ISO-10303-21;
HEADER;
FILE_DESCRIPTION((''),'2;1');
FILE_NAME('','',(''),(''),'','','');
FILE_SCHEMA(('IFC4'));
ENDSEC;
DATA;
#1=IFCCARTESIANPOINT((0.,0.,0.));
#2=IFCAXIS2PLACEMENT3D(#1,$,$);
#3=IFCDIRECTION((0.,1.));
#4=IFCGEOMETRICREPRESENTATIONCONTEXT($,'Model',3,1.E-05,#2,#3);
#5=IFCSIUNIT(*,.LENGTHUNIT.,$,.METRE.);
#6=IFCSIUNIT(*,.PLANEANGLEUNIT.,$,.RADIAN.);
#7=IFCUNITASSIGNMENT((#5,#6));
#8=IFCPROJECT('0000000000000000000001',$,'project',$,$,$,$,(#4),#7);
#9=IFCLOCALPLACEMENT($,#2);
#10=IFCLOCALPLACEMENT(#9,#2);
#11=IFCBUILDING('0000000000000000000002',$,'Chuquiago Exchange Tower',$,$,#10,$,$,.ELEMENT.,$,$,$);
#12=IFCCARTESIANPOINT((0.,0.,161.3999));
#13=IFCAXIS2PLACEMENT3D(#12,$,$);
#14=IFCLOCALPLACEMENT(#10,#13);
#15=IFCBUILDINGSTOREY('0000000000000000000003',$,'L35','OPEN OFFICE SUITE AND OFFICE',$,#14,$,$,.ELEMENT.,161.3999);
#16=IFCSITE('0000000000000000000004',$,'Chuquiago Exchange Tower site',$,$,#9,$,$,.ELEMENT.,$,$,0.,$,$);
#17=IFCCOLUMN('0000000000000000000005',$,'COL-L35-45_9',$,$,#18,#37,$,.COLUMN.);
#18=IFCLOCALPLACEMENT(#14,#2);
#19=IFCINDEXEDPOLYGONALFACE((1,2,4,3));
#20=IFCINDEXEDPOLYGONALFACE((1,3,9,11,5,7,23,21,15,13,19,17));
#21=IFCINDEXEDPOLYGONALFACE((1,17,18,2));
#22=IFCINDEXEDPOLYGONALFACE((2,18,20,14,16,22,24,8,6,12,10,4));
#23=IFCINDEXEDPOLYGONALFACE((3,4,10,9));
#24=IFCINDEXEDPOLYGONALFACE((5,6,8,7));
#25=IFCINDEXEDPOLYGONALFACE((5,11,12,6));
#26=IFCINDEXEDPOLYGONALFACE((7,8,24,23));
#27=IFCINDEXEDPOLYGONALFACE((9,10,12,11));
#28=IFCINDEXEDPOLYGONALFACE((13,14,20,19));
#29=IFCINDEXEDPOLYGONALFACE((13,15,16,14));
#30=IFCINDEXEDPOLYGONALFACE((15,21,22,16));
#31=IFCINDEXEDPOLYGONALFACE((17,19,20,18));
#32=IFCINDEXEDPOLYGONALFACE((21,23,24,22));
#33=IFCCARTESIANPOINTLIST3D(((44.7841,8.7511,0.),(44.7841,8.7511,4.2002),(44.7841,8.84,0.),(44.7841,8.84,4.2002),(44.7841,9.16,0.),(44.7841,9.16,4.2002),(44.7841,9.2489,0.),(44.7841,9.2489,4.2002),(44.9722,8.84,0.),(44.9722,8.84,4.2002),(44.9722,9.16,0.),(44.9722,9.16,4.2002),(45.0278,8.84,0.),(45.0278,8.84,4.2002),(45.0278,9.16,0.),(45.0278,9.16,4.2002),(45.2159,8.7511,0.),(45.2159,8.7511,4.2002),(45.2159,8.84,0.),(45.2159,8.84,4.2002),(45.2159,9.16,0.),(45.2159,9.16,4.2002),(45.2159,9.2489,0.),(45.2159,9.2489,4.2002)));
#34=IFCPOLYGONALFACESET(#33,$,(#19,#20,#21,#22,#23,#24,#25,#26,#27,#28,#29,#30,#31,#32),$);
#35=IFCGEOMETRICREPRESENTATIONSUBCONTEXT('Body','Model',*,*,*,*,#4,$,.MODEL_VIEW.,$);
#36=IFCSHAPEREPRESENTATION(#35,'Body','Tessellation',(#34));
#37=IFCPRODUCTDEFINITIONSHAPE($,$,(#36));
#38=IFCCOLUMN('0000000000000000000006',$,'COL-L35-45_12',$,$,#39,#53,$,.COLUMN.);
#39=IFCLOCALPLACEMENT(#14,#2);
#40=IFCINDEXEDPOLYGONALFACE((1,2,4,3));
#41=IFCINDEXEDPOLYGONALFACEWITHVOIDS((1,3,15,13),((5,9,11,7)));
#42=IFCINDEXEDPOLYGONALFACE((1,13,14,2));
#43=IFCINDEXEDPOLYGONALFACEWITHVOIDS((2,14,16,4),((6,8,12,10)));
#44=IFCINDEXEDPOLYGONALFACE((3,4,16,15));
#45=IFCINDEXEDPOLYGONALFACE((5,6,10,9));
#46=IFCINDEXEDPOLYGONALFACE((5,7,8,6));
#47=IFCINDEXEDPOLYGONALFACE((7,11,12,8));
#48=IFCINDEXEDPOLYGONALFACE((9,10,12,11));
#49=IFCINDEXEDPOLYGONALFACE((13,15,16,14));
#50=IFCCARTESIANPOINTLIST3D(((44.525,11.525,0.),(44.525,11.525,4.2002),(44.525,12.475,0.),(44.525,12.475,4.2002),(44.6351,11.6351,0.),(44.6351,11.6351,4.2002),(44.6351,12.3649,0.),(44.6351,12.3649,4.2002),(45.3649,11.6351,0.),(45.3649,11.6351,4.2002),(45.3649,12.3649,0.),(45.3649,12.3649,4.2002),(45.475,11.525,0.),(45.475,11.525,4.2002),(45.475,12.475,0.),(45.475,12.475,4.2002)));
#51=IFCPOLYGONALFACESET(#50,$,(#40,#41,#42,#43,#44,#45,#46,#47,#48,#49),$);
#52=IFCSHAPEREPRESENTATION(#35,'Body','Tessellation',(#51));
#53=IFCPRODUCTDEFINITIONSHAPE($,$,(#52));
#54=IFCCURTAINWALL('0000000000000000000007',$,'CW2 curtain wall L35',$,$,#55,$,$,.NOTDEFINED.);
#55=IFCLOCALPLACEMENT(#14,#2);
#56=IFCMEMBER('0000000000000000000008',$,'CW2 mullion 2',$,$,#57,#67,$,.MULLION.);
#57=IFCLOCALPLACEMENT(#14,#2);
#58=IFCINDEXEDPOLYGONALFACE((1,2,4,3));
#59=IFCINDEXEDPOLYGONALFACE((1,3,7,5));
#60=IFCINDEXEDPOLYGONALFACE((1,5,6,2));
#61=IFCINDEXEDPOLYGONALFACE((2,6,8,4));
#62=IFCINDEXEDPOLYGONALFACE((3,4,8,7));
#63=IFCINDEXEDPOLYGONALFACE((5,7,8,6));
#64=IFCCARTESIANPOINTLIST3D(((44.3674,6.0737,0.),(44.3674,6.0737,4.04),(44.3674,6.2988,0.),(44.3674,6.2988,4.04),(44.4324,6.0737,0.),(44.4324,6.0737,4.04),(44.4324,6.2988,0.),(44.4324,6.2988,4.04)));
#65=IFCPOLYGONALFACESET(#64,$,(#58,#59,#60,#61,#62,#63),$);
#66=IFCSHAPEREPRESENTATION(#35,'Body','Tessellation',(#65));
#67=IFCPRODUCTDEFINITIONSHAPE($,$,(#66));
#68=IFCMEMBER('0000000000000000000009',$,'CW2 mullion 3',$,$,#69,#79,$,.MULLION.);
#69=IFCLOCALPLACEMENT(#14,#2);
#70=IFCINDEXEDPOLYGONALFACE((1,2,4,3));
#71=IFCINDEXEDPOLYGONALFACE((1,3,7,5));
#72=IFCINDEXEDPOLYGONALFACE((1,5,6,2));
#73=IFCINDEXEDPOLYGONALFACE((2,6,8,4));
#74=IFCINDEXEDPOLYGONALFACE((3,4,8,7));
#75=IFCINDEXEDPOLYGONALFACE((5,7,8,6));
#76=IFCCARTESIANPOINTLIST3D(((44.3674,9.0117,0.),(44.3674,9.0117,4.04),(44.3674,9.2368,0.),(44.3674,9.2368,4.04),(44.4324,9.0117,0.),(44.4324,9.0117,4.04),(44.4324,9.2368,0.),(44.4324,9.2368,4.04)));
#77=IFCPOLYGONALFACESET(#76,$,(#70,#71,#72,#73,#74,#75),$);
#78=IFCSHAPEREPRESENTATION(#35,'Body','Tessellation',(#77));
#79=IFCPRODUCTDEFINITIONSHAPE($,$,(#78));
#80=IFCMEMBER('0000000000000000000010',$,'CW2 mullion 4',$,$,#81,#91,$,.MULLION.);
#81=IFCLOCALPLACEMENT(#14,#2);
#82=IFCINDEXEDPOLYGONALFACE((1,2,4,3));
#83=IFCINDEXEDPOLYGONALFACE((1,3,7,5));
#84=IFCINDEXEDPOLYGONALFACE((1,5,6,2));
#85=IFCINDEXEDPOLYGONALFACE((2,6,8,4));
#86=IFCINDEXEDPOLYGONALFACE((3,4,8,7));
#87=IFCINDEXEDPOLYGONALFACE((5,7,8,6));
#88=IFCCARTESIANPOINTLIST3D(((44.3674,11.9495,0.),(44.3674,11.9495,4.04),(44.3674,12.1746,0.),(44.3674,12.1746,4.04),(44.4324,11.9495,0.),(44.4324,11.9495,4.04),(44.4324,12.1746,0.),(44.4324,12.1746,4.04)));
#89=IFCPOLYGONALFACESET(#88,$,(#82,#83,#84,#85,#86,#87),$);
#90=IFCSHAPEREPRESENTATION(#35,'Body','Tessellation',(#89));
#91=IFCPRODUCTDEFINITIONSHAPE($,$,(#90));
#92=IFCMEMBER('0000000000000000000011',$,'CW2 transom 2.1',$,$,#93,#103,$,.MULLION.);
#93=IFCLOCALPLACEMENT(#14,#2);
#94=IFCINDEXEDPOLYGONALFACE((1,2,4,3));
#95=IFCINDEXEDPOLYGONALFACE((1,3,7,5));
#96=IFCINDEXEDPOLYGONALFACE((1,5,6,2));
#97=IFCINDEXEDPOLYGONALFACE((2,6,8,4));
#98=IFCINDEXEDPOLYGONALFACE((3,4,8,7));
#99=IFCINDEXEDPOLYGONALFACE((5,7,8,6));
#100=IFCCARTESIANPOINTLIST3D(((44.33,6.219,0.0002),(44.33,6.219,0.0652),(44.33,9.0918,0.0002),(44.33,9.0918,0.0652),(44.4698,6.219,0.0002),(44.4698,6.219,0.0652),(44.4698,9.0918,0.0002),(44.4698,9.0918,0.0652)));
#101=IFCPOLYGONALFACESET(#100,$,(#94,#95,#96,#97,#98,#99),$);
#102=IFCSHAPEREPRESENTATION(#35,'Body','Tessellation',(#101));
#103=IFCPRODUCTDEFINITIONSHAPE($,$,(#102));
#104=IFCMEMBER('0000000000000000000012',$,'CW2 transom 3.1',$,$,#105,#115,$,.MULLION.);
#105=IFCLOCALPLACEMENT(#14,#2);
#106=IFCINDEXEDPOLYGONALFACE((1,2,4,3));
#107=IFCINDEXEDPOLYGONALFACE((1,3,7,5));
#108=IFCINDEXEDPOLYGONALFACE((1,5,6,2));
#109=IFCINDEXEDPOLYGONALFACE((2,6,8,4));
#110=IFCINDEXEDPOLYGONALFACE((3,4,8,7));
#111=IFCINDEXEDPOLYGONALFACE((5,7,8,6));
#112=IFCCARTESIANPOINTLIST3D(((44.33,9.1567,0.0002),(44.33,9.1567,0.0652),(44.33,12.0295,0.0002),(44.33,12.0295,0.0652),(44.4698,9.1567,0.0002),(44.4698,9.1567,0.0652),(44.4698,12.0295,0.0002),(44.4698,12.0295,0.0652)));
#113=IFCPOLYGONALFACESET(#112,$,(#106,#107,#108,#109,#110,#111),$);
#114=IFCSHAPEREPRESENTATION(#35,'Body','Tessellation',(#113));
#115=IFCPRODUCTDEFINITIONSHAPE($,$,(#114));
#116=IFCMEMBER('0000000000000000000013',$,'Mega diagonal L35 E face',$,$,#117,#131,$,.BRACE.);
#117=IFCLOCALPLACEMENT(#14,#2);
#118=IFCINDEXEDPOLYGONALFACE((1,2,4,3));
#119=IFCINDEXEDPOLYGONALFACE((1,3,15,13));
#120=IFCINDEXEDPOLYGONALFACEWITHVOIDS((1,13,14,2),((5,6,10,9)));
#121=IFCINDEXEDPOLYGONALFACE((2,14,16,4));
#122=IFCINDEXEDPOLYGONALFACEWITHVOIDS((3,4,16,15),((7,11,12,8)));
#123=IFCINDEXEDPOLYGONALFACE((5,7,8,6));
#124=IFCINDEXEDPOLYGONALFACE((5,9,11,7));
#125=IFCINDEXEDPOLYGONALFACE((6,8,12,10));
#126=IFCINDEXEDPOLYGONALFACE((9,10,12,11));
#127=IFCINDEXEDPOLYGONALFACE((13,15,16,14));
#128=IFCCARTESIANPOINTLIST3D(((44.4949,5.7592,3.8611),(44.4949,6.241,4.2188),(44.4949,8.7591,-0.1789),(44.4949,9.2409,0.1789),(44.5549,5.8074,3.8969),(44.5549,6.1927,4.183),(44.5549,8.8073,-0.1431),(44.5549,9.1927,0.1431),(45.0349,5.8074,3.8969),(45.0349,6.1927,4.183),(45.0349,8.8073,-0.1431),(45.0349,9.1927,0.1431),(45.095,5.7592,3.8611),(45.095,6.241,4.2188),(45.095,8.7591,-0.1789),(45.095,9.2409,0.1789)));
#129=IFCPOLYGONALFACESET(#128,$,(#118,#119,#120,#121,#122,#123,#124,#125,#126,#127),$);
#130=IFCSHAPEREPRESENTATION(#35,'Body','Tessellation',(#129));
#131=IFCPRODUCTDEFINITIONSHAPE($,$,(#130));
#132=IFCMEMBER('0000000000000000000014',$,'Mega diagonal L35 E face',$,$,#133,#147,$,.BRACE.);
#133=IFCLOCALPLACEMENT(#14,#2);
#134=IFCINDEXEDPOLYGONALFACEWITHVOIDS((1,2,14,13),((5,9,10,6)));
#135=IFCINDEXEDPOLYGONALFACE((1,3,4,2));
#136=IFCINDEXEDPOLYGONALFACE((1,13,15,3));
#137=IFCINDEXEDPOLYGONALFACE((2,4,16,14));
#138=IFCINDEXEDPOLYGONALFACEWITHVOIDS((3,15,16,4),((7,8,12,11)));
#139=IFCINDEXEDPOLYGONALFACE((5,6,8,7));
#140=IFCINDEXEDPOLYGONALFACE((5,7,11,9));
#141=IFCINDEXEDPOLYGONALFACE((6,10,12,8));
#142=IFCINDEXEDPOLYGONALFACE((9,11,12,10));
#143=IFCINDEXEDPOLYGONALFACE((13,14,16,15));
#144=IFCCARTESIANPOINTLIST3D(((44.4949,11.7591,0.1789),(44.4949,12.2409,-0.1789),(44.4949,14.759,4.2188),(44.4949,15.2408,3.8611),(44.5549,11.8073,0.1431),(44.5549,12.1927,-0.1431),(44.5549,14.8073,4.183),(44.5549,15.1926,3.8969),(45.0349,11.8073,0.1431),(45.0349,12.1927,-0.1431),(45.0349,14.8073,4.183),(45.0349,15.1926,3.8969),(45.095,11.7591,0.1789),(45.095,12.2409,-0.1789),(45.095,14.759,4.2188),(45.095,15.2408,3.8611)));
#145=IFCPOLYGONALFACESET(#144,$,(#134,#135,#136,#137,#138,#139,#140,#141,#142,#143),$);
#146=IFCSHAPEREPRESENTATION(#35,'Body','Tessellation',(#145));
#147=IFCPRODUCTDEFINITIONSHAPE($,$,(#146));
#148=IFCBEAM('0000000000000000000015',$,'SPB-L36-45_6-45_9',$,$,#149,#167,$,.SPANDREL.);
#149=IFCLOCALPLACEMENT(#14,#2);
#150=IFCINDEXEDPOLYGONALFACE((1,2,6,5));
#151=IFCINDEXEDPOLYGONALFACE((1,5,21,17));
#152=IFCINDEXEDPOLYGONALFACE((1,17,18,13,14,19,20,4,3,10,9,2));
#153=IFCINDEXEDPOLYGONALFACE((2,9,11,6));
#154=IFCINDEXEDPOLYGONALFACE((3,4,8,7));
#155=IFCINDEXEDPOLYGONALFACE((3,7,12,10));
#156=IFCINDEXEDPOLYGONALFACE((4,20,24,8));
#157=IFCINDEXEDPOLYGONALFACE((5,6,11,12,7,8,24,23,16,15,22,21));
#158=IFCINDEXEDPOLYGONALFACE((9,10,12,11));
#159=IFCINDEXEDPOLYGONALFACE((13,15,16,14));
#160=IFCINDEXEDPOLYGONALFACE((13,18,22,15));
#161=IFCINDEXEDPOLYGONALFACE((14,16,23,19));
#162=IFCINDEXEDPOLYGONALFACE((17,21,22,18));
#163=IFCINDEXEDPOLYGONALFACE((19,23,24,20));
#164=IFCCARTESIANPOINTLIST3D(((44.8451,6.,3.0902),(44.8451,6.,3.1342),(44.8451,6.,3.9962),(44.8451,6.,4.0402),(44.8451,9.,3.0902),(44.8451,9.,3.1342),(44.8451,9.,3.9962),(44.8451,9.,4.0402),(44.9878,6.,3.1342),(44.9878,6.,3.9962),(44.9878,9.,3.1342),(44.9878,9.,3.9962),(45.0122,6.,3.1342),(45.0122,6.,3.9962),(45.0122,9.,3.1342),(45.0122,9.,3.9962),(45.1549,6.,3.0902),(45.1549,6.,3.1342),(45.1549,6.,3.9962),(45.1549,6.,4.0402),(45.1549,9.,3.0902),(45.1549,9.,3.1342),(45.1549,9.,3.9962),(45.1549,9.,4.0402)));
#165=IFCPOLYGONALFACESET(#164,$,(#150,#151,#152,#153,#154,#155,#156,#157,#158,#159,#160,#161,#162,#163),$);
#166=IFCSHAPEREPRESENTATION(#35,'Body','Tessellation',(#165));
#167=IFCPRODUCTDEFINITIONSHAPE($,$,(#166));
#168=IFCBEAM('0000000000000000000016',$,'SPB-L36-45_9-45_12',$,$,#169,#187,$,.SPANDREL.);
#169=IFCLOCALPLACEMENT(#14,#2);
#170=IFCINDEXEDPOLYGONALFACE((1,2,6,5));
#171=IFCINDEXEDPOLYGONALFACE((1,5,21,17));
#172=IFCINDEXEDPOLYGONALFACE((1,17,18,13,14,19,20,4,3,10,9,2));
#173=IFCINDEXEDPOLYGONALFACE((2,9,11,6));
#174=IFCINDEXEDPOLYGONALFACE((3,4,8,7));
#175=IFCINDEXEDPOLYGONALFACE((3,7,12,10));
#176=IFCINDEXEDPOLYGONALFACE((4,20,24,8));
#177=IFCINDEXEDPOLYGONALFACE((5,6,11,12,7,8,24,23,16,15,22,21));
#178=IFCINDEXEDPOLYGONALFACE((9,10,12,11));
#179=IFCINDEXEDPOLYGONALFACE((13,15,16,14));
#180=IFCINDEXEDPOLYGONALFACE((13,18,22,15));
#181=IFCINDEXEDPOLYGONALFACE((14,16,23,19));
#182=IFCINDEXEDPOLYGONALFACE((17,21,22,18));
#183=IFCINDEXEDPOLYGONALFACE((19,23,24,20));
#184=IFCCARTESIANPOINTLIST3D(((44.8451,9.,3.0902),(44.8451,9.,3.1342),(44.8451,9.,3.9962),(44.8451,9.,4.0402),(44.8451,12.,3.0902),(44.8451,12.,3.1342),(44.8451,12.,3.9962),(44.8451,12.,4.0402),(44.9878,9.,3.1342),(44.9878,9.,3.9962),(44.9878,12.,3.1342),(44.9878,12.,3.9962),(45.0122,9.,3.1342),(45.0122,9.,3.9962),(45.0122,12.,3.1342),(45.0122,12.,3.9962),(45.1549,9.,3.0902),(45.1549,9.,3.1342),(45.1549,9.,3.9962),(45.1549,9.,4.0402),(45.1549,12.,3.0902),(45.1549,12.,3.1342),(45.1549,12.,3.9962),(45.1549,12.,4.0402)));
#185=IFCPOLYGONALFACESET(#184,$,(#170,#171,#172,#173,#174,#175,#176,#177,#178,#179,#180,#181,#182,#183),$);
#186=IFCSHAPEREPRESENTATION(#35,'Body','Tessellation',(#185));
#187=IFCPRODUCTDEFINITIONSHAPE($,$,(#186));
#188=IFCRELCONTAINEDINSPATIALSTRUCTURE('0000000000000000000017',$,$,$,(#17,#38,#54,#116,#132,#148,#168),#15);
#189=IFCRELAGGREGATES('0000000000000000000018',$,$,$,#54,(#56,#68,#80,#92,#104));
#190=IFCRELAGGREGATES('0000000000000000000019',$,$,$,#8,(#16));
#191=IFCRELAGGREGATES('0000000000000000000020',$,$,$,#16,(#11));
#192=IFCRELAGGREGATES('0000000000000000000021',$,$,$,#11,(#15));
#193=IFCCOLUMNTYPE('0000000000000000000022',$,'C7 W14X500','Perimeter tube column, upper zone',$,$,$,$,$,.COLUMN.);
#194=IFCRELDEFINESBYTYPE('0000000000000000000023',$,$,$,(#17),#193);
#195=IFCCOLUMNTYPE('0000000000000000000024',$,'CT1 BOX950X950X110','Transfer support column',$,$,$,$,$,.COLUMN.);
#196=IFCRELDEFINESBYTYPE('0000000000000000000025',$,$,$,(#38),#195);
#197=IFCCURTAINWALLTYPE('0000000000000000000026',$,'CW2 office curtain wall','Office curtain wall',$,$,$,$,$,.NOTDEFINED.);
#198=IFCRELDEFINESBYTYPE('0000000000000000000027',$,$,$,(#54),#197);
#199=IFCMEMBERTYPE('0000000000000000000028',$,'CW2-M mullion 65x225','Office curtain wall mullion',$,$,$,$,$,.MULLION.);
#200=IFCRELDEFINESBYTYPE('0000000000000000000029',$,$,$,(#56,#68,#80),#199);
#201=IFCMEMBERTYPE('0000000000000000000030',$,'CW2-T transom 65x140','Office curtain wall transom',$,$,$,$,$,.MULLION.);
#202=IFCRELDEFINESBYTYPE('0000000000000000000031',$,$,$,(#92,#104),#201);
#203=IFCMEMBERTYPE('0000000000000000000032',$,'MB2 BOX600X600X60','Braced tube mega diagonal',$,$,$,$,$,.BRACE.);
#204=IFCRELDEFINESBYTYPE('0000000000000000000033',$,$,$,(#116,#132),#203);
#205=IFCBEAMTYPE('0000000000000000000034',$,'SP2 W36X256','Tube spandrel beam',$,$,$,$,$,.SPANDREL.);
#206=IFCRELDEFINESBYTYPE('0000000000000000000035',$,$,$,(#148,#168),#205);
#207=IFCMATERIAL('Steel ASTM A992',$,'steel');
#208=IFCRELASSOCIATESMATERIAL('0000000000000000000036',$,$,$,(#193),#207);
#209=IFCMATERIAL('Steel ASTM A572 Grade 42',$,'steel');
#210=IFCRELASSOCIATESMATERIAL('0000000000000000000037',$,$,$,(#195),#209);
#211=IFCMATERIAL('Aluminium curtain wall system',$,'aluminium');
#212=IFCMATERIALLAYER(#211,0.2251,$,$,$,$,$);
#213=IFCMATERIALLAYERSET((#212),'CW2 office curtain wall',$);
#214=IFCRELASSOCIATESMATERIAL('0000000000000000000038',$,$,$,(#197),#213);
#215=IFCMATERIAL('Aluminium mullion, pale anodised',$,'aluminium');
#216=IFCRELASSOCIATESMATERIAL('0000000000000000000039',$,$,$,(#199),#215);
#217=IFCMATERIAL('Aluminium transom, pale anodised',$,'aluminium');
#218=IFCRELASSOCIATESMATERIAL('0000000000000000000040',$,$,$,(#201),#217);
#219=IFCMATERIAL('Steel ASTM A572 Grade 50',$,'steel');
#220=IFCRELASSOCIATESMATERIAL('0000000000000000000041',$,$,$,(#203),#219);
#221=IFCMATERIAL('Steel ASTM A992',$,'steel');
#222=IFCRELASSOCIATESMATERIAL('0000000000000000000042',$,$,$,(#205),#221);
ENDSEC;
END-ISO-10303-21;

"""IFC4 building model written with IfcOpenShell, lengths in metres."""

from ifc_helpers import new_model, si_unit, direction, frame, origin, origin_2d, place, context, subcontext, project, spatial, rectangle, hollow_rectangle, i_section, extrude, material, layer, layer_set, material_profile, profile_set, type_object, element, aggregate, save


model = new_model("IFC4")

# Units and contexts
model_context = context("Model", 3, precision=1e-05, world=origin(), true_north=direction((0.0, 1.0)))
body_context = subcontext(model_context, "Body", "Model", "MODEL_VIEW")
ifc_project = project(units=[si_unit("LENGTHUNIT", "METRE"), si_unit("PLANEANGLEUNIT", "RADIAN")], contexts=[model_context])

# Site, building, storey
site_placement = place(None, origin())
site = spatial("IfcSite", under=ifc_project, at=site_placement, Name="Chuquiago Exchange Tower site", CompositionType="ELEMENT", RefElevation=0.0)
building_placement = place(site_placement, origin())
building = spatial("IfcBuilding", under=site, at=building_placement, Name="Chuquiago Exchange Tower", CompositionType="ELEMENT")
storey_placement = place(building_placement, frame((0.0, 0.0, 161.3999)))
storey = spatial("IfcBuildingStorey", under=building, at=storey_placement, Name="L35", Description="OPEN OFFICE SUITE AND OFFICE", CompositionType="ELEMENT", Elevation=161.3999)

# Columns
ifc_material_1 = material(Name="Steel ASTM A992", Category="steel")
ifc_material_profile_1 = material_profile(ifc_material_1, i_section(OverallWidth=0.4319, OverallDepth=0.4978, WebThickness=0.0557, FlangeThickness=0.0889, at=origin_2d()), Name="W14X500")
ifc_profile_set_1 = profile_set([ifc_material_profile_1], Name="Steel ASTM A992")
column_type_1 = type_object("IfcColumnType", Name="C7 W14X500", Description="Perimeter tube column, upper zone", PredefinedType="COLUMN", material=ifc_profile_set_1)
column_1_placement = place(storey_placement, frame((45.0, 9.0, 0.0), z_axis=(0.0, 0.0, 1.0), x_axis=(1.0, 0.0, 0.0)))
element("IfcColumn", 1, at=column_1_placement, inside=storey, type_object=column_type_1, Name="COL-L35-45_9", PredefinedType="COLUMN", context=body_context, shape_type="SweptSolid", body=[
    extrude(i_section(OverallWidth=0.4319, OverallDepth=0.4978, WebThickness=0.0557, FlangeThickness=0.0889, at=origin_2d()), origin(), (0.0, 0.0, 1.0), 4.2002),
])
ifc_material_2 = material(Name="Steel ASTM A572 Grade 42", Category="steel")
ifc_material_profile_2 = material_profile(ifc_material_2, hollow_rectangle(XDim=0.95, YDim=0.95, WallThickness=0.1101, at=origin_2d()), Name="BOX950X950X110")
ifc_profile_set_2 = profile_set([ifc_material_profile_2], Name="Steel ASTM A572 Grade 42")
column_type_2 = type_object("IfcColumnType", Name="CT1 BOX950X950X110", Description="Transfer support column", PredefinedType="COLUMN", material=ifc_profile_set_2)
column_2_placement = place(storey_placement, frame((45.0, 12.0, 0.0), z_axis=(0.0, 0.0, 1.0), x_axis=(1.0, 0.0, 0.0)))
element("IfcColumn", 2, at=column_2_placement, inside=storey, type_object=column_type_2, Name="COL-L35-45_12", PredefinedType="COLUMN", context=body_context, shape_type="SweptSolid", body=[
    extrude(hollow_rectangle(XDim=0.95, YDim=0.95, WallThickness=0.1101, at=origin_2d()), origin(), (0.0, 0.0, 1.0), 4.2002),
])

# Curtain wall, members
ifc_material_3 = material(Name="Aluminium curtain wall system", Category="aluminium")
ifc_layer_1 = layer(ifc_material_3, 0.2251)
ifc_layer_set_1 = layer_set([ifc_layer_1], Name="CW2 office curtain wall")
curtain_wall_type = type_object("IfcCurtainWallType", Name="CW2 office curtain wall", Description="Office curtain wall", PredefinedType="NOTDEFINED", material=ifc_layer_set_1)
curtain_wall_placement = place(storey_placement, origin())
curtain_wall = element("IfcCurtainWall", 3, at=curtain_wall_placement, inside=storey, type_object=curtain_wall_type, Name="CW2 curtain wall L35", PredefinedType="NOTDEFINED")
ifc_material_4 = material(Name="Aluminium mullion, pale anodised", Category="aluminium")
ifc_material_profile_3 = material_profile(ifc_material_4, rectangle(XDim=0.0649, YDim=0.2251, at=origin_2d()), Name="AL 65x225")
ifc_profile_set_3 = profile_set([ifc_material_profile_3], Name="Aluminium mullion, pale anodised")
member_type_1 = type_object("IfcMemberType", Name="CW2-M mullion 65x225", Description="Office curtain wall mullion", PredefinedType="MULLION", material=ifc_profile_set_3)
member_1_placement = place(storey_placement, frame((44.3999, 6.1863, 0.0), z_axis=(0.0, 0.0, 1.0), x_axis=(-1.0, 0.0, 0.0)))
member_1 = element("IfcMember", 4, at=member_1_placement, type_object=member_type_1, Name="CW2 mullion 2", PredefinedType="MULLION", context=body_context, shape_type="SweptSolid", body=[
    extrude(rectangle(XDim=0.0649, YDim=0.2251, at=origin_2d()), origin(), (0.0, 0.0, 1.0), 4.04),
])
member_2_placement = place(storey_placement, frame((44.3999, 9.1243, 0.0), z_axis=(0.0, 0.0, 1.0), x_axis=(-1.0, 0.0, 0.0)))
member_2 = element("IfcMember", 5, at=member_2_placement, type_object=member_type_1, Name="CW2 mullion 3", PredefinedType="MULLION", context=body_context, shape_type="SweptSolid", body=[
    extrude(rectangle(XDim=0.0649, YDim=0.2251, at=origin_2d()), origin(), (0.0, 0.0, 1.0), 4.04),
])
member_3_placement = place(storey_placement, frame((44.3999, 12.062, 0.0), z_axis=(0.0, 0.0, 1.0), x_axis=(-1.0, 0.0, 0.0)))
member_3 = element("IfcMember", 6, at=member_3_placement, type_object=member_type_1, Name="CW2 mullion 4", PredefinedType="MULLION", context=body_context, shape_type="SweptSolid", body=[
    extrude(rectangle(XDim=0.0649, YDim=0.2251, at=origin_2d()), origin(), (0.0, 0.0, 1.0), 4.04),
])
ifc_material_5 = material(Name="Aluminium transom, pale anodised", Category="aluminium")
ifc_material_profile_4 = material_profile(ifc_material_5, rectangle(XDim=0.1399, YDim=0.0649, at=origin_2d()), Name="AL 140x65")
ifc_profile_set_4 = profile_set([ifc_material_profile_4], Name="Aluminium transom, pale anodised")
member_type_2 = type_object("IfcMemberType", Name="CW2-T transom 65x140", Description="Office curtain wall transom", PredefinedType="MULLION", material=ifc_profile_set_4)
member_4_placement = place(storey_placement, frame((44.3999, 6.219, 0.0327), z_axis=(0.0, 1.0, 0.0), x_axis=(-1.0, 0.0, 0.0)))
member_4 = element("IfcMember", 7, at=member_4_placement, type_object=member_type_2, Name="CW2 transom 2.1", PredefinedType="MULLION", context=body_context, shape_type="SweptSolid", body=[
    extrude(rectangle(XDim=0.1399, YDim=0.0649, at=origin_2d()), origin(), (0.0, 0.0, 1.0), 2.8728),
])
member_5_placement = place(storey_placement, frame((44.3999, 9.1567, 0.0327), z_axis=(0.0, 1.0, 0.0), x_axis=(-1.0, 0.0, 0.0)))
member_5 = element("IfcMember", 8, at=member_5_placement, type_object=member_type_2, Name="CW2 transom 3.1", PredefinedType="MULLION", context=body_context, shape_type="SweptSolid", body=[
    extrude(rectangle(XDim=0.1399, YDim=0.0649, at=origin_2d()), origin(), (0.0, 0.0, 1.0), 2.8728),
])

# Members
ifc_material_6 = material(Name="Steel ASTM A572 Grade 50", Category="steel")
ifc_material_profile_5 = material_profile(ifc_material_6, hollow_rectangle(XDim=0.6001, YDim=0.6001, WallThickness=0.0601, at=origin_2d()), Name="BOX600X600X60")
ifc_profile_set_5 = profile_set([ifc_material_profile_5], Name="Steel ASTM A572 Grade 50")
member_type_3 = type_object("IfcMemberType", Name="MB2 BOX600X600X60", Description="Braced tube mega diagonal", PredefinedType="BRACE", material=ifc_profile_set_5)
for number, where, z_axis, x_axis, name in (
    (9, (44.7949, 9.0, 0.0), (0.0, -0.596174, 0.802855), (1.0, 0.0, 0.0), "Mega diagonal L35 E face"),
    (10, (44.7949, 12.0, 0.0), (0.0, 0.596174, 0.802855), (-1.0, 0.0, 0.0), "Mega diagonal L35 E face"),
):
    element("IfcMember", number, at=place(storey_placement, frame(where, z_axis=z_axis, x_axis=x_axis)), inside=storey, type_object=member_type_3, Name=name, PredefinedType="BRACE", context=body_context, shape_type="SweptSolid", body=[
        extrude(hollow_rectangle(XDim=0.6001, YDim=0.6001, WallThickness=0.0601, at=origin_2d()), origin(), (0.0, 0.0, 1.0), 5.032),
    ])

# Beams
ifc_material_7 = material(Name="Steel ASTM A992", Category="steel")
ifc_material_profile_6 = material_profile(ifc_material_7, i_section(OverallWidth=0.3098, OverallDepth=0.95, WebThickness=0.0244, FlangeThickness=0.0439, at=origin_2d()), Name="W36X256")
ifc_profile_set_6 = profile_set([ifc_material_profile_6], Name="Steel ASTM A992")
beam_type = type_object("IfcBeamType", Name="SP2 W36X256", Description="Tube spandrel beam", PredefinedType="SPANDREL", material=ifc_profile_set_6)
for number, where, z_axis, x_axis, name in (
    (11, (45.0, 6.0, 3.5652), (0.0, 1.0, 0.0), (-1.0, 0.0, 0.0), "SPB-L36-45_6-45_9"),
    (12, (45.0, 9.0, 3.5652), (0.0, 1.0, 0.0), (-1.0, 0.0, 0.0), "SPB-L36-45_9-45_12"),
):
    element("IfcBeam", number, at=place(storey_placement, frame(where, z_axis=z_axis, x_axis=x_axis)), inside=storey, type_object=beam_type, Name=name, PredefinedType="SPANDREL", context=body_context, shape_type="SweptSolid", body=[
        extrude(i_section(OverallWidth=0.3098, OverallDepth=0.95, WebThickness=0.0244, FlangeThickness=0.0439, at=origin_2d()), origin(), (0.0, 0.0, 1.0), 3.0),
    ])

aggregate(curtain_wall, [member_1, member_2, member_3, member_4, member_5])

save(model, "model.ifc")
